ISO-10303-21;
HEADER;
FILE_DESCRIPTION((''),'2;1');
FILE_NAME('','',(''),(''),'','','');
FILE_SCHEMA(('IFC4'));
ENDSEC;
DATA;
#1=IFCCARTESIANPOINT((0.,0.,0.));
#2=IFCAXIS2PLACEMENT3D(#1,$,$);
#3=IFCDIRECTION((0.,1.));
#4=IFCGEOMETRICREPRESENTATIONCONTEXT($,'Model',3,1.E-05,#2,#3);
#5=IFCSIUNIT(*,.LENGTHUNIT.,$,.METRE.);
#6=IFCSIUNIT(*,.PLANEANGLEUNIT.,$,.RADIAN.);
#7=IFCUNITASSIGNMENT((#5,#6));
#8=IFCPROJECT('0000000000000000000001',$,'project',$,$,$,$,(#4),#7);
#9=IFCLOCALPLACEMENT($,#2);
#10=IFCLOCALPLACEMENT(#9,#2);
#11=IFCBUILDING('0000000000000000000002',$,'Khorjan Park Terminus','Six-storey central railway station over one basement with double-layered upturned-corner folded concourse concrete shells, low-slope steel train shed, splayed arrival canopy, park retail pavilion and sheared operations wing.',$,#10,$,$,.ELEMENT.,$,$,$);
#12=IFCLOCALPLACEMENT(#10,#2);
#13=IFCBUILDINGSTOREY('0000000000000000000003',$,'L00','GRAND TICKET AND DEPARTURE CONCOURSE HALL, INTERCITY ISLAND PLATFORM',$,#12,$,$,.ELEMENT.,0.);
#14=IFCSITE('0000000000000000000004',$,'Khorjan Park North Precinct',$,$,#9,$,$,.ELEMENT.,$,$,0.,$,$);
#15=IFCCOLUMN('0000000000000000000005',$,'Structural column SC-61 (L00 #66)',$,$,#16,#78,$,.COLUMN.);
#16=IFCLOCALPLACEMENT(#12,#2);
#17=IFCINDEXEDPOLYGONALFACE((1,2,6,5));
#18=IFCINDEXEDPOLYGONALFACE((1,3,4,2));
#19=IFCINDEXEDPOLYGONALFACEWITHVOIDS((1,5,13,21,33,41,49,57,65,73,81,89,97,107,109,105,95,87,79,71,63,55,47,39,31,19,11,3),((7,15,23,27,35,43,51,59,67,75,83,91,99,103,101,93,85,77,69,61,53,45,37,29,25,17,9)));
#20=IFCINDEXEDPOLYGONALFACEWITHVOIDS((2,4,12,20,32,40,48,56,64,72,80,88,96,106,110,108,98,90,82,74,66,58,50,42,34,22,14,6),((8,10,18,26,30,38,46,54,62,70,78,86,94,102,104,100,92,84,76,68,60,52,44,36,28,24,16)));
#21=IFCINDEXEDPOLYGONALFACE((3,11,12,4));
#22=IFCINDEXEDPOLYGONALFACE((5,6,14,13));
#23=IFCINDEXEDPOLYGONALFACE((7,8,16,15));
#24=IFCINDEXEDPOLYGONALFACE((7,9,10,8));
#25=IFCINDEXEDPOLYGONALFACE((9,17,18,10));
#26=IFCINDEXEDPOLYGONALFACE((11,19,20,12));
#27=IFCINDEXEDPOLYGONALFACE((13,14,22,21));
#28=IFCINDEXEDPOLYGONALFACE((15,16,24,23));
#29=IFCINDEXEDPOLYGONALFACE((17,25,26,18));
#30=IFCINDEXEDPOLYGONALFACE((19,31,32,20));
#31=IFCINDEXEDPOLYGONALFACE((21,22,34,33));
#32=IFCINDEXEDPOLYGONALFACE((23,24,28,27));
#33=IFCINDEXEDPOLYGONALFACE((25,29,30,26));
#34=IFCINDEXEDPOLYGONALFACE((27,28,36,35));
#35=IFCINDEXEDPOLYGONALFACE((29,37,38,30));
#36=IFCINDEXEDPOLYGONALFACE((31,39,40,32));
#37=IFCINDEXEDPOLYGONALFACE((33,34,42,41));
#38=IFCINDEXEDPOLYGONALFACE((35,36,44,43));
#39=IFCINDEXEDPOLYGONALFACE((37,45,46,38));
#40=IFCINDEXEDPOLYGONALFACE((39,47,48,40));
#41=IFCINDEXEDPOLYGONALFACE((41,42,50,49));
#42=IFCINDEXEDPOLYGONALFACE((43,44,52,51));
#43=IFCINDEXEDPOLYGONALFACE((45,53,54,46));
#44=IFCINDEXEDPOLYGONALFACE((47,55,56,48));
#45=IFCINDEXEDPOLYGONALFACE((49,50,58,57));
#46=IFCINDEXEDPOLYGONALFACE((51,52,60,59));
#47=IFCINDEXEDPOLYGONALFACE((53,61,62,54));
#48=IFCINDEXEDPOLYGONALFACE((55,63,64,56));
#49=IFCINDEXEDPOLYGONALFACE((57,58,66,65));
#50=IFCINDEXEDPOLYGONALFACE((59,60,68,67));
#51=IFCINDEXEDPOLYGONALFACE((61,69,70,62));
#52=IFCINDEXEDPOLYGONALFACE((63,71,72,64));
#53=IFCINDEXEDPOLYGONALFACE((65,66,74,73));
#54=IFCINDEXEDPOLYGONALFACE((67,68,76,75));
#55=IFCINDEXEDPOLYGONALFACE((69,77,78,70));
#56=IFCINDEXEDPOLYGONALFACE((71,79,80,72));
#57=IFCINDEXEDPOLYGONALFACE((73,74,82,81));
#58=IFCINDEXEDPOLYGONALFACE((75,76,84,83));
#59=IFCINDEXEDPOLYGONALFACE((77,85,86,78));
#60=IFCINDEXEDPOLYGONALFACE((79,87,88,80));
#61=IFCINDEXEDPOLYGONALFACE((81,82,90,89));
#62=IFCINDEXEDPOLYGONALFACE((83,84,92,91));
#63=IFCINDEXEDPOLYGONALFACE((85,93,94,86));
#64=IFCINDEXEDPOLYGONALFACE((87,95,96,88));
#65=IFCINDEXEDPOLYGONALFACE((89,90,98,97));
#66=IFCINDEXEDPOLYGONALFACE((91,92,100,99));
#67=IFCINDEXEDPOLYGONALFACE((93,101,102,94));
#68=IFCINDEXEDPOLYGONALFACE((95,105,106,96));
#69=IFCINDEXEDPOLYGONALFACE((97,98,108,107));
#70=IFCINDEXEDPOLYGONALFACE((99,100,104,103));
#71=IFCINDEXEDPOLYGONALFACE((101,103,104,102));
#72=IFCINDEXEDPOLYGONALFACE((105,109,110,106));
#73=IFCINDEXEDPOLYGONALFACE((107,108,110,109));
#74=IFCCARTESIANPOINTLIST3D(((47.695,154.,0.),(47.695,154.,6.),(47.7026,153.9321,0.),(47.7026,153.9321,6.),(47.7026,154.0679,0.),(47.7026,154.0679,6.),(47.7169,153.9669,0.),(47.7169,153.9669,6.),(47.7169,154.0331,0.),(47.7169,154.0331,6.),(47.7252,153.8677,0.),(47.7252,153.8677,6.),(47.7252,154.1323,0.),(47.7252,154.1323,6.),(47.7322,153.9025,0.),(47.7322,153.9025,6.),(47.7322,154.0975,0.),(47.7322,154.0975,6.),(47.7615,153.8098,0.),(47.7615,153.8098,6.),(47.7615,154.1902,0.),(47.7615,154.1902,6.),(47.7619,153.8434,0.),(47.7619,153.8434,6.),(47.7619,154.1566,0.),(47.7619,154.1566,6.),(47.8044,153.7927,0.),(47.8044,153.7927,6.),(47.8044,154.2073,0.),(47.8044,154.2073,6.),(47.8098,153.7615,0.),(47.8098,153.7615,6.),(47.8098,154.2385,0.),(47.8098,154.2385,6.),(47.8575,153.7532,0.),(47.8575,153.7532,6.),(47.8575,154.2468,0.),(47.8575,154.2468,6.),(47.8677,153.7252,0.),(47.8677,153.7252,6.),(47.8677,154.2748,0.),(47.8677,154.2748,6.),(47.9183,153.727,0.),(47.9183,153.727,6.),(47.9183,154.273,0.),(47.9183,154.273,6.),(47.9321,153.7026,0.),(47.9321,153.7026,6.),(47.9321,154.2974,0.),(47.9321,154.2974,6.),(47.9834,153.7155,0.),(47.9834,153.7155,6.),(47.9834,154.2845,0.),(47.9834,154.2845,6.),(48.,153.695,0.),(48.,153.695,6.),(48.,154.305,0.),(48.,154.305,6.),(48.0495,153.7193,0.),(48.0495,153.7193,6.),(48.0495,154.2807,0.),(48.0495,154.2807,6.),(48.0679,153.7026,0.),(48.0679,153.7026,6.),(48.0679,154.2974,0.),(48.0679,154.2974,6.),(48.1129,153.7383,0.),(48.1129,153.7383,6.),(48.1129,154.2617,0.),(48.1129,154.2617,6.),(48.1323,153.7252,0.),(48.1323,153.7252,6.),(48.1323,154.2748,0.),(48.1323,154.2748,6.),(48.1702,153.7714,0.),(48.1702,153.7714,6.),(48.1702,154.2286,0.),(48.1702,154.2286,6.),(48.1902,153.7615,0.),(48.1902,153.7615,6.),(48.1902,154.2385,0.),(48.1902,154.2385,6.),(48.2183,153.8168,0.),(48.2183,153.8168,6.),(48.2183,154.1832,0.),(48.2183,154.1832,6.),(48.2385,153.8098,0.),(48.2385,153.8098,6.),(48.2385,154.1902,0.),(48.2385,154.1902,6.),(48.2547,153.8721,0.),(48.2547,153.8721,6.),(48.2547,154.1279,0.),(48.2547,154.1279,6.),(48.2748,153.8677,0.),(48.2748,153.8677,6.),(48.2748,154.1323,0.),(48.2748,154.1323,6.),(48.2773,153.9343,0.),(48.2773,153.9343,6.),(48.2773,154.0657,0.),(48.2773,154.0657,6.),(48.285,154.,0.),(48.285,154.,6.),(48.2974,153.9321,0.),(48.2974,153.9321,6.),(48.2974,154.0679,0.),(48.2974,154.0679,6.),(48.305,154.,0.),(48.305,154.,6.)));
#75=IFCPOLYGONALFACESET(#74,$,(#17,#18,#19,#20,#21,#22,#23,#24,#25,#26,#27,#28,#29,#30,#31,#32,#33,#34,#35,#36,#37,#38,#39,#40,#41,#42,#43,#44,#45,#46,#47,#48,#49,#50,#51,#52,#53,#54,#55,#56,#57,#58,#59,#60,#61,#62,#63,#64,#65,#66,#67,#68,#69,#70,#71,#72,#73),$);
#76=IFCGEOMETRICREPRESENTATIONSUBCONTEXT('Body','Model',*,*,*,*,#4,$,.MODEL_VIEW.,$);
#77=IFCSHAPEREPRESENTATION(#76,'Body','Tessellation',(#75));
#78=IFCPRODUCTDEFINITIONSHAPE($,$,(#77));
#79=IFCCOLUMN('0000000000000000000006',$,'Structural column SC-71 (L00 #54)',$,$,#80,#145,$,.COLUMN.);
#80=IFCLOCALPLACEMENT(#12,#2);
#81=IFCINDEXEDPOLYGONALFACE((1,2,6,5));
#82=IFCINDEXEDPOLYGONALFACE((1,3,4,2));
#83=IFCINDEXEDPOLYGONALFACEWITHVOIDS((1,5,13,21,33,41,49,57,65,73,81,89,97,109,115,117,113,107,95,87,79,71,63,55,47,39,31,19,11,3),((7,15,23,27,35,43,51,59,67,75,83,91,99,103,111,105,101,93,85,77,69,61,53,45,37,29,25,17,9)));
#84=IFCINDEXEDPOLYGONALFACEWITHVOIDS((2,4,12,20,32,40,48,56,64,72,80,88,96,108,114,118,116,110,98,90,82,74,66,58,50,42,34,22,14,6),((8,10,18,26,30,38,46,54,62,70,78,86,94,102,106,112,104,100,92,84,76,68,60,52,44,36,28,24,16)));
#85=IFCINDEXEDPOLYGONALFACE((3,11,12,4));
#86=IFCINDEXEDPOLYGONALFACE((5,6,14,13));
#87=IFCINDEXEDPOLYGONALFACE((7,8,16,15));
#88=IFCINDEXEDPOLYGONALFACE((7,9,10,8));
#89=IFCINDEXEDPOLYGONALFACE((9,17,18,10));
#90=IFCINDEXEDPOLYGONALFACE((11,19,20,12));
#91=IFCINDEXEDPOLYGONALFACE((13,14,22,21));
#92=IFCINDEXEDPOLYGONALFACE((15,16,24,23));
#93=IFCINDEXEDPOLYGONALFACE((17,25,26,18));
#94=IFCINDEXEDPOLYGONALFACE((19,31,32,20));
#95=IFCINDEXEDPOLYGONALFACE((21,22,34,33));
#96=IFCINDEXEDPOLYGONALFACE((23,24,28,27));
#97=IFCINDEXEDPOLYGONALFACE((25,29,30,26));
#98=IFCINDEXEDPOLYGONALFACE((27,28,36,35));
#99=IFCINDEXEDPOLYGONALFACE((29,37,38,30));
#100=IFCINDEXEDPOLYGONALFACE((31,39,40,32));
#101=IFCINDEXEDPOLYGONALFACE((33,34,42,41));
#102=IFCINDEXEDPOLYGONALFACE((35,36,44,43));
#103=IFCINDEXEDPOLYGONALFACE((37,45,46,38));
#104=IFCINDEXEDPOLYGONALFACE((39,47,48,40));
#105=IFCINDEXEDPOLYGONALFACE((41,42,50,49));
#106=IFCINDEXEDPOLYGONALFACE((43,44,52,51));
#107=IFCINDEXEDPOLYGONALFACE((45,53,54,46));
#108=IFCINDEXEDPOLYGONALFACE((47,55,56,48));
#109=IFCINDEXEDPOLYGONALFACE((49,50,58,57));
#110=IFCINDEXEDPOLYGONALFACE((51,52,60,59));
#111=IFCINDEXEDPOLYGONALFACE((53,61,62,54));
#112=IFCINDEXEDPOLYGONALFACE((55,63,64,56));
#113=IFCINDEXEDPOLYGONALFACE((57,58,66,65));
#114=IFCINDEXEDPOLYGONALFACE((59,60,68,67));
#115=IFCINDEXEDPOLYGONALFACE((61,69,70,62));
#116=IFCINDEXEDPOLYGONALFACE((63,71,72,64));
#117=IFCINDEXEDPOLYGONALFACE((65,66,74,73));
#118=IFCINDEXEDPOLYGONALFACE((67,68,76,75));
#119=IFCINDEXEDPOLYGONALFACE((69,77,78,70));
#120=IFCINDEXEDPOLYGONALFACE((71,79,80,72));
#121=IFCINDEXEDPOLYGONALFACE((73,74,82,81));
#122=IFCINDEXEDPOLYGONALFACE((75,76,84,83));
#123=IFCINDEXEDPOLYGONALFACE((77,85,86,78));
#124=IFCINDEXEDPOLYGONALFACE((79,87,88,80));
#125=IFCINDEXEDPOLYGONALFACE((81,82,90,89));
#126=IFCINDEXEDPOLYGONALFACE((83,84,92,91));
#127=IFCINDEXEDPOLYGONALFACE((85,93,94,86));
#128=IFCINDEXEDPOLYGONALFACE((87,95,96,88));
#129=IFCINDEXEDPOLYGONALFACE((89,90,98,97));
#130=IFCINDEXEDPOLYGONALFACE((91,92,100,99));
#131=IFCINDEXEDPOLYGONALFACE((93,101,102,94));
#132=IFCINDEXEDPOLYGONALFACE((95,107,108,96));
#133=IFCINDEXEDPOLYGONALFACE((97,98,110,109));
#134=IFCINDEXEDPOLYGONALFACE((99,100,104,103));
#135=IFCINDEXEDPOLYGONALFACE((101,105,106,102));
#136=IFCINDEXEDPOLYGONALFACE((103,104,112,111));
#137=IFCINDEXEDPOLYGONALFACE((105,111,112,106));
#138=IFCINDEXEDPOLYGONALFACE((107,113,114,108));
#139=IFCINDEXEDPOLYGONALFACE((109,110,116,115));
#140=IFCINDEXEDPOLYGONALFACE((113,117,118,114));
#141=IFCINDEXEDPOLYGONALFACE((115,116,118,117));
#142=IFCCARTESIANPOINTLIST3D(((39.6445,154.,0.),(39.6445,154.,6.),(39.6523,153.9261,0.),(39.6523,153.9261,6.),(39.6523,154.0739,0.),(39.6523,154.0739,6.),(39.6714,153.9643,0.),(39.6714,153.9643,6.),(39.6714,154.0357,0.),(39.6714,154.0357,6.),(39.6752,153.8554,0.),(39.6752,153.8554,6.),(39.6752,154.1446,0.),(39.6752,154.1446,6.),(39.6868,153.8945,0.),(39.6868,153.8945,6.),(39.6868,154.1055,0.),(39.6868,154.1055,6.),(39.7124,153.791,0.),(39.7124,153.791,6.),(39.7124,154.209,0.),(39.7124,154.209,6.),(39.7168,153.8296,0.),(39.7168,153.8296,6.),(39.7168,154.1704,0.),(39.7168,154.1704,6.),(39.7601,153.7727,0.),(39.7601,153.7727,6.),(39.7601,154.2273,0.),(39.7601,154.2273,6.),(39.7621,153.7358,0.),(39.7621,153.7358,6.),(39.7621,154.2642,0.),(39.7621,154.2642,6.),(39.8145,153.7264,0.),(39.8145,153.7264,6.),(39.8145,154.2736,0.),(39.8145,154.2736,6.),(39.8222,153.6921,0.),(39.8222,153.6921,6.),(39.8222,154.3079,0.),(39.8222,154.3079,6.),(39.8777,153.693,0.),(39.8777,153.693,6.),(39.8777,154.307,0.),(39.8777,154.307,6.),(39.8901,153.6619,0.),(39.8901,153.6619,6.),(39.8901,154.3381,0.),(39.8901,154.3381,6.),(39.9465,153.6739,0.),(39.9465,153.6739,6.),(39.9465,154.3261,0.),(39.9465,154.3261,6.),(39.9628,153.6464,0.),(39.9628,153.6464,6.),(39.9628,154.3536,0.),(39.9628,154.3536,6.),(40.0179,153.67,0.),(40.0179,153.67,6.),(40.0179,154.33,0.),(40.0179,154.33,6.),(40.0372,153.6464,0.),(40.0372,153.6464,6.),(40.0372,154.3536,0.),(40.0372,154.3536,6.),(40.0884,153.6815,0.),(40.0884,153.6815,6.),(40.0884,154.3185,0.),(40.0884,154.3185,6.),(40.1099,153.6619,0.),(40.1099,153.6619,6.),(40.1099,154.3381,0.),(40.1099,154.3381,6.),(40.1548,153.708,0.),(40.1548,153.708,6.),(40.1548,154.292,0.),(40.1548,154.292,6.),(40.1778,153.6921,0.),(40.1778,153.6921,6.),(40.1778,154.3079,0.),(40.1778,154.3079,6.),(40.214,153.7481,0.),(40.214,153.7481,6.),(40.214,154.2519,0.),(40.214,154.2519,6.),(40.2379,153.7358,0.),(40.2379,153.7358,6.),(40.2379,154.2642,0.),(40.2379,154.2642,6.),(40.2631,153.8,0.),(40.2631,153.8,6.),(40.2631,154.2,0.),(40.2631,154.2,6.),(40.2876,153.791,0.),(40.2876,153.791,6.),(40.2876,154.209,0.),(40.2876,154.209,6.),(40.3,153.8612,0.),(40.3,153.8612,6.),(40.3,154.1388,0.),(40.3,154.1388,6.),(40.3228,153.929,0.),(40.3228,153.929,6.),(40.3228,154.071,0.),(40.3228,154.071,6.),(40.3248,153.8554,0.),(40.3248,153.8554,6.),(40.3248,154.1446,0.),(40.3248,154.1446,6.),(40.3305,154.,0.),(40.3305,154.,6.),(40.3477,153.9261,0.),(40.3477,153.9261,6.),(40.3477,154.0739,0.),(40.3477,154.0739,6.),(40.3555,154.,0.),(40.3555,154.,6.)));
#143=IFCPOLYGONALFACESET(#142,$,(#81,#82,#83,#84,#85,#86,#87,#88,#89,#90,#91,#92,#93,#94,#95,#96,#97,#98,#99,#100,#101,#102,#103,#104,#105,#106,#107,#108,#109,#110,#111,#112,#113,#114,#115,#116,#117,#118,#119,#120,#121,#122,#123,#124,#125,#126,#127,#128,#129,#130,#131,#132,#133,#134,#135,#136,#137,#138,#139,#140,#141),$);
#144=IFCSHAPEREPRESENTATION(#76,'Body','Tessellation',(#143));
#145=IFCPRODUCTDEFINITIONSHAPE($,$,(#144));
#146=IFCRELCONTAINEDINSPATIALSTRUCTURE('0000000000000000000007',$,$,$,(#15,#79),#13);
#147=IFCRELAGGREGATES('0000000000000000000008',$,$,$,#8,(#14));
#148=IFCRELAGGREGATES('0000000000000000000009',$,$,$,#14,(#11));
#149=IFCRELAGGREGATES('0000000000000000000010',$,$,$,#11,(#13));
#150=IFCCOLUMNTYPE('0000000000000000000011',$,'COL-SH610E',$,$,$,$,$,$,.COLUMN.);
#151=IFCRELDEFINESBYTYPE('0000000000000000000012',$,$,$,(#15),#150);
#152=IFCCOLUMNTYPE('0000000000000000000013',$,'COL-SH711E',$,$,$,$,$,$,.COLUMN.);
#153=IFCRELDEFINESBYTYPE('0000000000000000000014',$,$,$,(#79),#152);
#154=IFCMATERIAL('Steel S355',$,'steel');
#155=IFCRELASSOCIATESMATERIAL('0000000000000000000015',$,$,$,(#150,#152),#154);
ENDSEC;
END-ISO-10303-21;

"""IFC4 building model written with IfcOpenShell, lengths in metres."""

from ifc_helpers import new_model, si_unit, direction, frame, origin, origin_2d, place, context, subcontext, project, spatial, hollow_circle, extrude, material, material_profile, profile_set, type_object, element, save


model = new_model("IFC4")

# Units and contexts
model_context = context("Model", 3, precision=1e-05, world=origin(), true_north=direction((0.0, 1.0)))
body_context = subcontext(model_context, "Body", "Model", "MODEL_VIEW")
ifc_project = project(units=[si_unit("LENGTHUNIT", "METRE"), si_unit("PLANEANGLEUNIT", "RADIAN")], contexts=[model_context])

# Site, building, storey
site_placement = place(None, origin())
site = spatial("IfcSite", under=ifc_project, at=site_placement, Name="Khorjan Park North Precinct", CompositionType="ELEMENT", RefElevation=0.0)
building_placement = place(site_placement, origin())
building = spatial("IfcBuilding", under=site, at=building_placement, Name="Khorjan Park Terminus", Description="Six-storey central railway station over one basement with double-layered upturned-corner folded concourse concrete shells, low-slope steel train shed, splayed arrival canopy, park retail pavilion and sheared operations wing.", CompositionType="ELEMENT")
storey_placement = place(building_placement, origin())
storey = spatial("IfcBuildingStorey", under=building, at=storey_placement, Name="L00", Description="GRAND TICKET AND DEPARTURE CONCOURSE HALL, INTERCITY ISLAND PLATFORM", CompositionType="ELEMENT", Elevation=0.0)

# Columns
ifc_material = material(Name="Steel S355", Category="steel")
ifc_material_profile_1 = material_profile(ifc_material, hollow_circle(Radius=0.305, WallThickness=0.02, at=origin_2d()), Name="CHS 610x20")
ifc_profile_set_1 = profile_set([ifc_material_profile_1], Name="Steel S355")
column_type_1 = type_object("IfcColumnType", Name="COL-SH610E", PredefinedType="COLUMN", material=ifc_profile_set_1)
column_1_placement = place(storey_placement, frame((48.0, 154.0, 0.0), z_axis=(0.0, 0.0, 1.0), x_axis=(1.0, 0.0, 0.0)))
element("IfcColumn", 1, at=column_1_placement, inside=storey, type_object=column_type_1, Name="Structural column SC-61 (L00 #66)", PredefinedType="COLUMN", context=body_context, shape_type="SweptSolid", body=[
    extrude(hollow_circle(Radius=0.305, WallThickness=0.02, at=origin_2d()), origin(), (0.0, 0.0, 1.0), 6.0),
])
ifc_material_profile_2 = material_profile(ifc_material, hollow_circle(Radius=0.3555, WallThickness=0.025, at=origin_2d()), Name="CHS 711x25")
ifc_profile_set_2 = profile_set([ifc_material_profile_2], Name="Steel S355")
column_type_2 = type_object("IfcColumnType", Name="COL-SH711E", PredefinedType="COLUMN", material=ifc_profile_set_2)
column_2_placement = place(storey_placement, frame((40.0, 154.0, 0.0), z_axis=(0.0, 0.0, 1.0), x_axis=(1.0, 0.0, 0.0)))
element("IfcColumn", 2, at=column_2_placement, inside=storey, type_object=column_type_2, Name="Structural column SC-71 (L00 #54)", PredefinedType="COLUMN", context=body_context, shape_type="SweptSolid", body=[
    extrude(hollow_circle(Radius=0.3555, WallThickness=0.025, at=origin_2d()), origin(), (0.0, 0.0, 1.0), 6.0),
])

save(model, "model.ifc")
